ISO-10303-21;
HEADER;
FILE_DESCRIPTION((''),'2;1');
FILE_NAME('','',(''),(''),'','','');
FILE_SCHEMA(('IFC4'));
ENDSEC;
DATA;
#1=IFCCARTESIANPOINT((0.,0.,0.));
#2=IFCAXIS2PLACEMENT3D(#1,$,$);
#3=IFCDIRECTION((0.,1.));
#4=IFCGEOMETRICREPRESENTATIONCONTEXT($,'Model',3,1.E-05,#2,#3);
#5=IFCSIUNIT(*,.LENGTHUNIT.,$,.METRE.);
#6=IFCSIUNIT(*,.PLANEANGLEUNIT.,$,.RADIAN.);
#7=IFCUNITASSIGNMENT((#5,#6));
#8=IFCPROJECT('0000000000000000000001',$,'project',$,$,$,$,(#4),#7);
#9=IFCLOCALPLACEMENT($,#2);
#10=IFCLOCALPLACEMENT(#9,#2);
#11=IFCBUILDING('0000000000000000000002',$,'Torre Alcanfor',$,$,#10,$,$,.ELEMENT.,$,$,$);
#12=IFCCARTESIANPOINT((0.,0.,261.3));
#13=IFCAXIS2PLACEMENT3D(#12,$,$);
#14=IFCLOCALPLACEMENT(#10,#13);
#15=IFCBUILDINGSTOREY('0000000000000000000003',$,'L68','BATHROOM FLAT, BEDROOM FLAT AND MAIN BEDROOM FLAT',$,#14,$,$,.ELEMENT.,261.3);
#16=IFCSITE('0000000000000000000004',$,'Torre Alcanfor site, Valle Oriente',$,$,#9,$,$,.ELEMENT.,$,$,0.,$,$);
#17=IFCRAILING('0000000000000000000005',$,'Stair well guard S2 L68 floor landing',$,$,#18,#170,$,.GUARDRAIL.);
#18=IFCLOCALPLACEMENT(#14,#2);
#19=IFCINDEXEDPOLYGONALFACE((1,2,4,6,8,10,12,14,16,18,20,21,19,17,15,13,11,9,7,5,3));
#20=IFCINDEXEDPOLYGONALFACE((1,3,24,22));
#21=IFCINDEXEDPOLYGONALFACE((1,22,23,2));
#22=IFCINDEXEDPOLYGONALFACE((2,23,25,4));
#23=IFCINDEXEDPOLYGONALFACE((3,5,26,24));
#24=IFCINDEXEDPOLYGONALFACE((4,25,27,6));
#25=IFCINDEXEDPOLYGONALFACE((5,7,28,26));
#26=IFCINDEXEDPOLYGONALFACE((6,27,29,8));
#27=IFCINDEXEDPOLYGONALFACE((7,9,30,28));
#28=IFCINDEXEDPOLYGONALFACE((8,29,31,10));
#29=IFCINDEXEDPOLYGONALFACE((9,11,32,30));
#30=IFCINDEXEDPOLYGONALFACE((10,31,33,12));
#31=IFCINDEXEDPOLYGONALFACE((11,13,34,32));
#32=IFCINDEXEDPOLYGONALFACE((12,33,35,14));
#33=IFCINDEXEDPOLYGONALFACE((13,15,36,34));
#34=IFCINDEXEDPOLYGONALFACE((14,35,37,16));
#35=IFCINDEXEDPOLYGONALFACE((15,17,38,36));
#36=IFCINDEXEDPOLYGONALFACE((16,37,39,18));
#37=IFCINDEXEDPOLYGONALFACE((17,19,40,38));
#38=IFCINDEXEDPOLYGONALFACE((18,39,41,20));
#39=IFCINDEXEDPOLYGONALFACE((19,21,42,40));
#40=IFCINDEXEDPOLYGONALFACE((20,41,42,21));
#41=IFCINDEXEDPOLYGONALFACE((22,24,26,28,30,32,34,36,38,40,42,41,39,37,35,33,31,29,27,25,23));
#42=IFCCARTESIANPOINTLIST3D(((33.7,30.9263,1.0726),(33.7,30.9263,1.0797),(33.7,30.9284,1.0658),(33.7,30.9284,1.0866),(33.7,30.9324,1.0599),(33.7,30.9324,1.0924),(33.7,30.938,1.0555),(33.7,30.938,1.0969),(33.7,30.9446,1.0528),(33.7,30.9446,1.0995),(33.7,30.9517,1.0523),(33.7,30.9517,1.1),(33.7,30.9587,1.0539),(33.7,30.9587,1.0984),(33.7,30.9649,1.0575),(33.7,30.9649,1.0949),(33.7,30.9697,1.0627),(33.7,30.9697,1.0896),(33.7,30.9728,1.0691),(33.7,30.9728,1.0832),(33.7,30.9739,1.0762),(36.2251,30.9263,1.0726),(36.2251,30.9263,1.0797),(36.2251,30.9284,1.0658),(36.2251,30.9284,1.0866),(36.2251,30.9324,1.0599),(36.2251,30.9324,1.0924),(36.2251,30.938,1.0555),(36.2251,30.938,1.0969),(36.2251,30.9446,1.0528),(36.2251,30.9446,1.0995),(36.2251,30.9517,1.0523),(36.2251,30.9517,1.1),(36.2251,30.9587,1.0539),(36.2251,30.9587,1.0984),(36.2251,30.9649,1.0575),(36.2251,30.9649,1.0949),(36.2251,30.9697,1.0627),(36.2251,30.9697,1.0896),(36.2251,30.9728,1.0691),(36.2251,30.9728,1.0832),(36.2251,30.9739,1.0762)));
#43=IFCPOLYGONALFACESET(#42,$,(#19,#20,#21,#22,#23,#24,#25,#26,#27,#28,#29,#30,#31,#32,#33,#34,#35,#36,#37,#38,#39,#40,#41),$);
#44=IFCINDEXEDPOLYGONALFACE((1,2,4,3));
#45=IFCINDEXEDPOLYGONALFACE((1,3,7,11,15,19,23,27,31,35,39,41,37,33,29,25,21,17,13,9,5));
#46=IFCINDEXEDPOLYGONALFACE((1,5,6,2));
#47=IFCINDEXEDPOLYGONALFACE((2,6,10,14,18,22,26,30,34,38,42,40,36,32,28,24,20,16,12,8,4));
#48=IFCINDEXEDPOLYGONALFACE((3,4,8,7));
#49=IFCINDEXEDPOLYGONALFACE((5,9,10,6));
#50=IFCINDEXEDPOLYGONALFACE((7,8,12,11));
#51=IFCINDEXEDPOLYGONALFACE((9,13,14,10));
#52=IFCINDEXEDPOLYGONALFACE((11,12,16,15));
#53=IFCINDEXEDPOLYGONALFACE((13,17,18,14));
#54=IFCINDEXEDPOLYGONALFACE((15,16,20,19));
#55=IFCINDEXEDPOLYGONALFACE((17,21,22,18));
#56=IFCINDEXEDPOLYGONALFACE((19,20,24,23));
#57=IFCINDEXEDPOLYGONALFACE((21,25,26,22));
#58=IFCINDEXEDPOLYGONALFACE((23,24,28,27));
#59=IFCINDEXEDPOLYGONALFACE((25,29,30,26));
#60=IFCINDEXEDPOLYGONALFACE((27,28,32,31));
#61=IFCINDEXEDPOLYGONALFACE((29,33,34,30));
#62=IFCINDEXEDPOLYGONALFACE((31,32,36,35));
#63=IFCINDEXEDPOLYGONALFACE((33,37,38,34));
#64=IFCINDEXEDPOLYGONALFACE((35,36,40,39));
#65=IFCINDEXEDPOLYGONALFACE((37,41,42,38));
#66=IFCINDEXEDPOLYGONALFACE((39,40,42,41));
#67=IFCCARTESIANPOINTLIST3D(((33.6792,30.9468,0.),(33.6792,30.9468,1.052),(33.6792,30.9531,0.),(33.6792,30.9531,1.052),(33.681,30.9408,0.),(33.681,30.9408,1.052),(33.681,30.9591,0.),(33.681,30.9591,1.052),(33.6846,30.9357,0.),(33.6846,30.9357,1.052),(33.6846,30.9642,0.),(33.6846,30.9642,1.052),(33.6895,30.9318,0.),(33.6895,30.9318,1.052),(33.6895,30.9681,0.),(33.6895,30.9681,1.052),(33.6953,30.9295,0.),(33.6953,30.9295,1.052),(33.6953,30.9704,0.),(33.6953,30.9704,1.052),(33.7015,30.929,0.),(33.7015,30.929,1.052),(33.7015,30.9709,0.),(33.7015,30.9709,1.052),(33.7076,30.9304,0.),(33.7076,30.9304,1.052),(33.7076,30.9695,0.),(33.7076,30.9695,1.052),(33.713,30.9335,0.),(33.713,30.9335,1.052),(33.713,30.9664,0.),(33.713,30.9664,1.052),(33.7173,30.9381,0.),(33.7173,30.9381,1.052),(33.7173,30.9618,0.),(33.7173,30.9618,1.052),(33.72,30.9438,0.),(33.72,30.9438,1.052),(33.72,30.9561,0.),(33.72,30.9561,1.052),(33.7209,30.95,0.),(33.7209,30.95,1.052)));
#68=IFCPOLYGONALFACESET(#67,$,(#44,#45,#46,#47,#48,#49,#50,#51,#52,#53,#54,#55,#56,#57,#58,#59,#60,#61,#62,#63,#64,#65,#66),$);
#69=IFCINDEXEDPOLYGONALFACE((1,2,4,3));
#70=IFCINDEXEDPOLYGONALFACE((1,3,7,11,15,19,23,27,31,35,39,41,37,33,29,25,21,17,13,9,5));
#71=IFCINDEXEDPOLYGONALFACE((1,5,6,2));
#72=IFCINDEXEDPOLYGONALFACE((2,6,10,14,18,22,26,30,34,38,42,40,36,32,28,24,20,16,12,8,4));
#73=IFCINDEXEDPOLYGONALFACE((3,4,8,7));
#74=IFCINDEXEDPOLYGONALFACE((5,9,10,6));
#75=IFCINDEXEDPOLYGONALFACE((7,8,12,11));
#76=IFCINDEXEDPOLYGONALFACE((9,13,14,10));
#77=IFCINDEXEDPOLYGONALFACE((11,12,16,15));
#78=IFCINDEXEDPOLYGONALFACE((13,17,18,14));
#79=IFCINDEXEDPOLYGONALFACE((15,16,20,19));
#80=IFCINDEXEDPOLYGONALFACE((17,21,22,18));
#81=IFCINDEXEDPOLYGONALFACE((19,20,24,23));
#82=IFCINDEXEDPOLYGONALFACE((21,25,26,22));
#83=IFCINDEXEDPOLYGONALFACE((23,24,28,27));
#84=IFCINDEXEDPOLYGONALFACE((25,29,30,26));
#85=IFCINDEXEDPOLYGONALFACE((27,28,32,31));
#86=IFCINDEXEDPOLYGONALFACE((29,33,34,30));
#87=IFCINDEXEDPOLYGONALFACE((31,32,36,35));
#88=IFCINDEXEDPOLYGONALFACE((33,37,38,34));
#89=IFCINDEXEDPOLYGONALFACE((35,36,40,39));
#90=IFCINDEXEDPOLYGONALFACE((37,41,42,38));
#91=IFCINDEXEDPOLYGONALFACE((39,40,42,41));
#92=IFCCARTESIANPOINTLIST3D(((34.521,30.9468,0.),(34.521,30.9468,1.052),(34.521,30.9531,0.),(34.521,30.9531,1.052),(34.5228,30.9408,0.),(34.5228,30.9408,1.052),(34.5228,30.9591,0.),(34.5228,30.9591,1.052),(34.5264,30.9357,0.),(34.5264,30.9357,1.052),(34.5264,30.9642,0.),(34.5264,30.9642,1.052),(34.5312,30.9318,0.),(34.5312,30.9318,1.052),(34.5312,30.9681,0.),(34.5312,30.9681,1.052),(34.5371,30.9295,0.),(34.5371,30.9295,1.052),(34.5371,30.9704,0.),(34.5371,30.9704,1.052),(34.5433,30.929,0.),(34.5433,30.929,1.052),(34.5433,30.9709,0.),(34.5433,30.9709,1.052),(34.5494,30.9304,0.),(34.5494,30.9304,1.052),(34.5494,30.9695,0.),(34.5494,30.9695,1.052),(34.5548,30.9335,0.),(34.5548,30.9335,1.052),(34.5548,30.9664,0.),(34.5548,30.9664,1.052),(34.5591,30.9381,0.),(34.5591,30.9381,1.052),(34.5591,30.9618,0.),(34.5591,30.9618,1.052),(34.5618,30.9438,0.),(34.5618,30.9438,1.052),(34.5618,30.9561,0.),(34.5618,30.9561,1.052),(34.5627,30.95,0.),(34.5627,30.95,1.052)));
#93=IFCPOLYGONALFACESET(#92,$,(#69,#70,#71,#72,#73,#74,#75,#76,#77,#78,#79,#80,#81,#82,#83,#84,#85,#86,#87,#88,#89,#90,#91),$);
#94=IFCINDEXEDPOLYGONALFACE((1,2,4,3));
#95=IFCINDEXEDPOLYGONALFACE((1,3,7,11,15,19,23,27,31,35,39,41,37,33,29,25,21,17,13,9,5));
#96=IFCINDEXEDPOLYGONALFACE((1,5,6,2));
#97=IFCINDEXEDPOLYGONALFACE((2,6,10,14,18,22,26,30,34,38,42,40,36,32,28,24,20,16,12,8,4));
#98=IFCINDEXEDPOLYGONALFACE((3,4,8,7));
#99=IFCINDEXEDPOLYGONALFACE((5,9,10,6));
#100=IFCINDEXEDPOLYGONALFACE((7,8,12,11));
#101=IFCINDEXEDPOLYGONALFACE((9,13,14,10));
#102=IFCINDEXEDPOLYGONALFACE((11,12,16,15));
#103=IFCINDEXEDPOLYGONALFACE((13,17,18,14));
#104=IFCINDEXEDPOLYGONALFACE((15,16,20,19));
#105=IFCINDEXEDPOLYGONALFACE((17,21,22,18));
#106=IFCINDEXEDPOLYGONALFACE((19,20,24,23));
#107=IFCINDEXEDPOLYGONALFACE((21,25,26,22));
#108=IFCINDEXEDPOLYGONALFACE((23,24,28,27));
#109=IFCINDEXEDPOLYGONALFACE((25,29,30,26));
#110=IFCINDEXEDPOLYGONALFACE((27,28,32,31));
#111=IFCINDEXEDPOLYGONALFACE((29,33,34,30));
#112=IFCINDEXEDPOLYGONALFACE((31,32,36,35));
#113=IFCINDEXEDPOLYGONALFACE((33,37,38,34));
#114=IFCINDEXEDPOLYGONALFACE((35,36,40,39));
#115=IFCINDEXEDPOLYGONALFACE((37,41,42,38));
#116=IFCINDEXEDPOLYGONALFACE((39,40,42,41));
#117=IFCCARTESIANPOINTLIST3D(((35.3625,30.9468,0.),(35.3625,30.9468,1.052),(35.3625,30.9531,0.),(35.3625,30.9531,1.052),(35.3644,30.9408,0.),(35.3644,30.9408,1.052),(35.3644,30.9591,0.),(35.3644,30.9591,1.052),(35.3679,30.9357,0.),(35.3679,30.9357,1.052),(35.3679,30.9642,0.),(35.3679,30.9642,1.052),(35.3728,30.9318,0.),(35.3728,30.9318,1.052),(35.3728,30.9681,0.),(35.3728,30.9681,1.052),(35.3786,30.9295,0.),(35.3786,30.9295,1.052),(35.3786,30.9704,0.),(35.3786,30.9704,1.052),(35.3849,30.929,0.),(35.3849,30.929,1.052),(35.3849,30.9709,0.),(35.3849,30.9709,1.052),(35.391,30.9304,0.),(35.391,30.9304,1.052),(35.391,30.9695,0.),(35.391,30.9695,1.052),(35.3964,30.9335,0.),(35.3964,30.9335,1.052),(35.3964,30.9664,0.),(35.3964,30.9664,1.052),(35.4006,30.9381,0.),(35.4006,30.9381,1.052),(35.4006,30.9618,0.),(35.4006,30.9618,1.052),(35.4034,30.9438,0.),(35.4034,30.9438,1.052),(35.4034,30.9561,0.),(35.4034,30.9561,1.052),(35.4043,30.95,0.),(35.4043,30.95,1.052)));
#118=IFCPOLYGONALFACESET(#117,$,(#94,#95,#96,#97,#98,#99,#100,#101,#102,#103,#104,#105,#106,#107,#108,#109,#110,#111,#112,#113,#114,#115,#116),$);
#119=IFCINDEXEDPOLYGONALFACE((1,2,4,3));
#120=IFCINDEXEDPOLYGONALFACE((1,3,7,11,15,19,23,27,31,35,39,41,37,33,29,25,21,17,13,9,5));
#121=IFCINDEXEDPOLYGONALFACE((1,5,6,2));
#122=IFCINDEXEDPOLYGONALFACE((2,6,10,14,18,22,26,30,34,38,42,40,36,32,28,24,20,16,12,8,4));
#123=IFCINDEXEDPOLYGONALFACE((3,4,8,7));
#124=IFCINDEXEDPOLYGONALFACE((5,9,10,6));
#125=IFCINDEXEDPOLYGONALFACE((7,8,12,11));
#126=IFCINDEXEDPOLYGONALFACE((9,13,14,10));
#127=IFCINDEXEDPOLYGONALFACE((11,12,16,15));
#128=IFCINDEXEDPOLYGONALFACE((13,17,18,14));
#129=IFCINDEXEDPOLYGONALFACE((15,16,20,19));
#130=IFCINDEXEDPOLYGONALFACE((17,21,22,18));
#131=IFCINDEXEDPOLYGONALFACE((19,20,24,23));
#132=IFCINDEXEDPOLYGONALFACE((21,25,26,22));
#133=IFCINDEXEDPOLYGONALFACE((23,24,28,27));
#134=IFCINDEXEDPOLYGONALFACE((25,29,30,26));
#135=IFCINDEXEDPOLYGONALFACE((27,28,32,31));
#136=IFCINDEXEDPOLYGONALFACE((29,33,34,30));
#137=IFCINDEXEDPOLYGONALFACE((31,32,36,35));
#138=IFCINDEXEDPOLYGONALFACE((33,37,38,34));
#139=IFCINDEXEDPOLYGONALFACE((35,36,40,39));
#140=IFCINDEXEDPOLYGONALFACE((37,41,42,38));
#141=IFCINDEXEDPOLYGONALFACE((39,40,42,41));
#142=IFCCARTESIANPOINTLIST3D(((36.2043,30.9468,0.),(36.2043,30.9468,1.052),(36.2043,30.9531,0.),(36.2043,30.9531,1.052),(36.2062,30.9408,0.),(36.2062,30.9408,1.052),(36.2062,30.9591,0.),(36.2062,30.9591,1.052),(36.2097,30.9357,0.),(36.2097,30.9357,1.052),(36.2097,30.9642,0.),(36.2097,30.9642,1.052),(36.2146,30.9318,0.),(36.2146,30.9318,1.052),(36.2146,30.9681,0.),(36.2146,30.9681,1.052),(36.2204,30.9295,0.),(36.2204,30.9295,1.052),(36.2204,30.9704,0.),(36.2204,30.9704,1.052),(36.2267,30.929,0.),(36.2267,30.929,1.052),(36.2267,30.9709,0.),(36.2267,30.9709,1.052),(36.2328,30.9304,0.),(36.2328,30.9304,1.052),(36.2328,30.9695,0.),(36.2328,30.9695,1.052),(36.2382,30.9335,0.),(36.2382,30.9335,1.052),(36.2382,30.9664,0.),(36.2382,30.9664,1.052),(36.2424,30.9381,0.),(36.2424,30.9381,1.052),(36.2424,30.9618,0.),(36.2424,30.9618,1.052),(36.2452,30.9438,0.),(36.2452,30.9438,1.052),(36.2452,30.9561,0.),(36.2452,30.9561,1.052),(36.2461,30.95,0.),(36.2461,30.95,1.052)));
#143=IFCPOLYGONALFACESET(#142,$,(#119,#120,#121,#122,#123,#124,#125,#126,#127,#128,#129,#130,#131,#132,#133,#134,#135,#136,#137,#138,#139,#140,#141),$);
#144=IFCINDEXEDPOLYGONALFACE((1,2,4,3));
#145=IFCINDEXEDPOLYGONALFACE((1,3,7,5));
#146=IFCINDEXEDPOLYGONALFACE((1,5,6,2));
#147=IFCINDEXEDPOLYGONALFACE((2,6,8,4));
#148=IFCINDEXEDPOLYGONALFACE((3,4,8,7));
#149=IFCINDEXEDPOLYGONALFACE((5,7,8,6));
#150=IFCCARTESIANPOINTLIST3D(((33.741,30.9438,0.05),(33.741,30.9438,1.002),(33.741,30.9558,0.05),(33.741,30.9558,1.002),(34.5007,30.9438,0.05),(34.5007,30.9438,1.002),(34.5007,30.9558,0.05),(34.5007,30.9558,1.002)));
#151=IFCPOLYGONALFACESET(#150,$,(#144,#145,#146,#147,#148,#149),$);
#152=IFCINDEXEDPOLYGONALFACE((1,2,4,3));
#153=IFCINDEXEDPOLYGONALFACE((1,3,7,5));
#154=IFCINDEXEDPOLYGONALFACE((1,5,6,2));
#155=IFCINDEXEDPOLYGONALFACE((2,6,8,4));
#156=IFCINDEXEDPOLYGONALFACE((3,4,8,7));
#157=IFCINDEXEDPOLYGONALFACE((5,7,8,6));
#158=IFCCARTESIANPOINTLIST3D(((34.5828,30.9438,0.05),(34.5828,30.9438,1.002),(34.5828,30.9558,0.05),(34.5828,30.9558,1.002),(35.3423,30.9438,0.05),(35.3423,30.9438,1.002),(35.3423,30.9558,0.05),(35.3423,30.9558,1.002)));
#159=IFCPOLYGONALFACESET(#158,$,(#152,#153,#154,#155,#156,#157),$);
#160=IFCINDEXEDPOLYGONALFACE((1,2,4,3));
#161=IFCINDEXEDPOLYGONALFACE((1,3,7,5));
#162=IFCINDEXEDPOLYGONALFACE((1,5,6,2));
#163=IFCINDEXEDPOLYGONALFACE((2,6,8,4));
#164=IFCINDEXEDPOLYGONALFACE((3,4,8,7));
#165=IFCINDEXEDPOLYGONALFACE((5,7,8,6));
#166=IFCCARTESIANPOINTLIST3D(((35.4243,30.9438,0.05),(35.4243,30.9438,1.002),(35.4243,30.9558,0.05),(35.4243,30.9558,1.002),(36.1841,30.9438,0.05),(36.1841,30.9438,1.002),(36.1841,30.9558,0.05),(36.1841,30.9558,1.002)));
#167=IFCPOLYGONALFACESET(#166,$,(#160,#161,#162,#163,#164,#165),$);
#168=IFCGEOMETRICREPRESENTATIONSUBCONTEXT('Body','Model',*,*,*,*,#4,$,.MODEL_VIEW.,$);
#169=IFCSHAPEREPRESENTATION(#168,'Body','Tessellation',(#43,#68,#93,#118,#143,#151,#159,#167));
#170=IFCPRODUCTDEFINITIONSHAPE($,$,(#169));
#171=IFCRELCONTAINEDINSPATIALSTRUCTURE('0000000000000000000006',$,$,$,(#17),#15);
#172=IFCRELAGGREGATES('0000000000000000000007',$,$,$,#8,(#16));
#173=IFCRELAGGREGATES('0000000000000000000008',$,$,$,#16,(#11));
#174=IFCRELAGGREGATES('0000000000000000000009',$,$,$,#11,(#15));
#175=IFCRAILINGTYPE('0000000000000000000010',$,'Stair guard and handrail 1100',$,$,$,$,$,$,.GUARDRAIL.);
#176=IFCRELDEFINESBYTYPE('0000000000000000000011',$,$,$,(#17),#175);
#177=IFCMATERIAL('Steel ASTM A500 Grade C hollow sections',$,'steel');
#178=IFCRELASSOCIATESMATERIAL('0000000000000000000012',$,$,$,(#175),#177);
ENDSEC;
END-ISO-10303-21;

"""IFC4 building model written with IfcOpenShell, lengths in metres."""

from ifc_helpers import new_model, si_unit, direction, frame, origin, origin_2d, place, context, subcontext, project, spatial, polyline, circle, outline, extrude, material, type_object, element, save


model = new_model("IFC4")

# Units and contexts
model_context = context("Model", 3, precision=1e-05, world=origin(), true_north=direction((0.0, 1.0)))
body_context = subcontext(model_context, "Body", "Model", "MODEL_VIEW")
ifc_project = project(units=[si_unit("LENGTHUNIT", "METRE"), si_unit("PLANEANGLEUNIT", "RADIAN")], contexts=[model_context])

# Site, building, storey
site_placement = place(None, origin())
site = spatial("IfcSite", under=ifc_project, at=site_placement, Name="Torre Alcanfor site, Valle Oriente", CompositionType="ELEMENT", RefElevation=0.0)
building_placement = place(site_placement, origin())
building = spatial("IfcBuilding", under=site, at=building_placement, Name="Torre Alcanfor", CompositionType="ELEMENT")
storey_placement = place(building_placement, frame((0.0, 0.0, 261.3)))
storey = spatial("IfcBuildingStorey", under=building, at=storey_placement, Name="L68", Description="BATHROOM FLAT, BEDROOM FLAT AND MAIN BEDROOM FLAT", CompositionType="ELEMENT", Elevation=261.3)

# Railing
ifc_material_1 = material(Name="Steel ASTM A500 Grade C hollow sections", Category="steel")
railing_type_1 = type_object("IfcRailingType", Name="Stair guard and handrail 1100", PredefinedType="GUARDRAIL", material=ifc_material_1)
for number, where, name in (
    (1, (33.7, 30.95, 0.0), "Stair well guard S2 L68 floor landing"),
):
    element("IfcRailing", number, at=place(storey_placement, frame(where)), inside=storey, type_object=railing_type_1, Name=name, PredefinedType="GUARDRAIL", context=body_context, shape_type="SweptSolid", body=[
        extrude(circle(Radius=0.0239, at=origin_2d()), frame((0.0, 0.0, 1.0762), z_axis=(1.0, 0.0, 0.0), x_axis=(0.0, 1.0, 0.0)), (0.0, 0.0, 1.0), 2.5251),
        extrude(circle(Radius=0.021, at=origin_2d()), origin(), (0.0, 0.0, 1.0), 1.052),
        extrude(circle(Radius=0.021, at=origin_2d()), frame((0.8418, 0.0, 0.0)), (0.0, 0.0, 1.0), 1.052),
        extrude(circle(Radius=0.021, at=origin_2d()), frame((1.6833, 0.0, 0.0)), (0.0, 0.0, 1.0), 1.052),
        extrude(circle(Radius=0.021, at=origin_2d()), frame((2.5251, 0.0, 0.0)), (0.0, 0.0, 1.0), 1.052),
        extrude(outline(polyline([(0.041, 0.05), (0.8008, 0.05), (0.8008, 1.002), (0.041, 1.002), (0.041, 0.05)])), frame((0.0, 0.0059, 0.0), z_axis=(0.0, -1.0, 0.0), x_axis=(1.0, 0.0, 0.0)), (0.0, 0.0, 1.0), 0.012),
        extrude(outline(polyline([(0.8828, 0.05), (1.6423, 0.05), (1.6423, 1.002), (0.8828, 1.002), (0.8828, 0.05)])), frame((0.0, 0.0059, 0.0), z_axis=(0.0, -1.0, 0.0), x_axis=(1.0, 0.0, 0.0)), (0.0, 0.0, 1.0), 0.012),
        extrude(outline(polyline([(1.7244, 0.05), (2.4841, 0.05), (2.4841, 1.002), (1.7244, 1.002), (1.7244, 0.05)])), frame((0.0, 0.0059, 0.0), z_axis=(0.0, -1.0, 0.0), x_axis=(1.0, 0.0, 0.0)), (0.0, 0.0, 1.0), 0.012),
    ])

save(model, "model.ifc")
